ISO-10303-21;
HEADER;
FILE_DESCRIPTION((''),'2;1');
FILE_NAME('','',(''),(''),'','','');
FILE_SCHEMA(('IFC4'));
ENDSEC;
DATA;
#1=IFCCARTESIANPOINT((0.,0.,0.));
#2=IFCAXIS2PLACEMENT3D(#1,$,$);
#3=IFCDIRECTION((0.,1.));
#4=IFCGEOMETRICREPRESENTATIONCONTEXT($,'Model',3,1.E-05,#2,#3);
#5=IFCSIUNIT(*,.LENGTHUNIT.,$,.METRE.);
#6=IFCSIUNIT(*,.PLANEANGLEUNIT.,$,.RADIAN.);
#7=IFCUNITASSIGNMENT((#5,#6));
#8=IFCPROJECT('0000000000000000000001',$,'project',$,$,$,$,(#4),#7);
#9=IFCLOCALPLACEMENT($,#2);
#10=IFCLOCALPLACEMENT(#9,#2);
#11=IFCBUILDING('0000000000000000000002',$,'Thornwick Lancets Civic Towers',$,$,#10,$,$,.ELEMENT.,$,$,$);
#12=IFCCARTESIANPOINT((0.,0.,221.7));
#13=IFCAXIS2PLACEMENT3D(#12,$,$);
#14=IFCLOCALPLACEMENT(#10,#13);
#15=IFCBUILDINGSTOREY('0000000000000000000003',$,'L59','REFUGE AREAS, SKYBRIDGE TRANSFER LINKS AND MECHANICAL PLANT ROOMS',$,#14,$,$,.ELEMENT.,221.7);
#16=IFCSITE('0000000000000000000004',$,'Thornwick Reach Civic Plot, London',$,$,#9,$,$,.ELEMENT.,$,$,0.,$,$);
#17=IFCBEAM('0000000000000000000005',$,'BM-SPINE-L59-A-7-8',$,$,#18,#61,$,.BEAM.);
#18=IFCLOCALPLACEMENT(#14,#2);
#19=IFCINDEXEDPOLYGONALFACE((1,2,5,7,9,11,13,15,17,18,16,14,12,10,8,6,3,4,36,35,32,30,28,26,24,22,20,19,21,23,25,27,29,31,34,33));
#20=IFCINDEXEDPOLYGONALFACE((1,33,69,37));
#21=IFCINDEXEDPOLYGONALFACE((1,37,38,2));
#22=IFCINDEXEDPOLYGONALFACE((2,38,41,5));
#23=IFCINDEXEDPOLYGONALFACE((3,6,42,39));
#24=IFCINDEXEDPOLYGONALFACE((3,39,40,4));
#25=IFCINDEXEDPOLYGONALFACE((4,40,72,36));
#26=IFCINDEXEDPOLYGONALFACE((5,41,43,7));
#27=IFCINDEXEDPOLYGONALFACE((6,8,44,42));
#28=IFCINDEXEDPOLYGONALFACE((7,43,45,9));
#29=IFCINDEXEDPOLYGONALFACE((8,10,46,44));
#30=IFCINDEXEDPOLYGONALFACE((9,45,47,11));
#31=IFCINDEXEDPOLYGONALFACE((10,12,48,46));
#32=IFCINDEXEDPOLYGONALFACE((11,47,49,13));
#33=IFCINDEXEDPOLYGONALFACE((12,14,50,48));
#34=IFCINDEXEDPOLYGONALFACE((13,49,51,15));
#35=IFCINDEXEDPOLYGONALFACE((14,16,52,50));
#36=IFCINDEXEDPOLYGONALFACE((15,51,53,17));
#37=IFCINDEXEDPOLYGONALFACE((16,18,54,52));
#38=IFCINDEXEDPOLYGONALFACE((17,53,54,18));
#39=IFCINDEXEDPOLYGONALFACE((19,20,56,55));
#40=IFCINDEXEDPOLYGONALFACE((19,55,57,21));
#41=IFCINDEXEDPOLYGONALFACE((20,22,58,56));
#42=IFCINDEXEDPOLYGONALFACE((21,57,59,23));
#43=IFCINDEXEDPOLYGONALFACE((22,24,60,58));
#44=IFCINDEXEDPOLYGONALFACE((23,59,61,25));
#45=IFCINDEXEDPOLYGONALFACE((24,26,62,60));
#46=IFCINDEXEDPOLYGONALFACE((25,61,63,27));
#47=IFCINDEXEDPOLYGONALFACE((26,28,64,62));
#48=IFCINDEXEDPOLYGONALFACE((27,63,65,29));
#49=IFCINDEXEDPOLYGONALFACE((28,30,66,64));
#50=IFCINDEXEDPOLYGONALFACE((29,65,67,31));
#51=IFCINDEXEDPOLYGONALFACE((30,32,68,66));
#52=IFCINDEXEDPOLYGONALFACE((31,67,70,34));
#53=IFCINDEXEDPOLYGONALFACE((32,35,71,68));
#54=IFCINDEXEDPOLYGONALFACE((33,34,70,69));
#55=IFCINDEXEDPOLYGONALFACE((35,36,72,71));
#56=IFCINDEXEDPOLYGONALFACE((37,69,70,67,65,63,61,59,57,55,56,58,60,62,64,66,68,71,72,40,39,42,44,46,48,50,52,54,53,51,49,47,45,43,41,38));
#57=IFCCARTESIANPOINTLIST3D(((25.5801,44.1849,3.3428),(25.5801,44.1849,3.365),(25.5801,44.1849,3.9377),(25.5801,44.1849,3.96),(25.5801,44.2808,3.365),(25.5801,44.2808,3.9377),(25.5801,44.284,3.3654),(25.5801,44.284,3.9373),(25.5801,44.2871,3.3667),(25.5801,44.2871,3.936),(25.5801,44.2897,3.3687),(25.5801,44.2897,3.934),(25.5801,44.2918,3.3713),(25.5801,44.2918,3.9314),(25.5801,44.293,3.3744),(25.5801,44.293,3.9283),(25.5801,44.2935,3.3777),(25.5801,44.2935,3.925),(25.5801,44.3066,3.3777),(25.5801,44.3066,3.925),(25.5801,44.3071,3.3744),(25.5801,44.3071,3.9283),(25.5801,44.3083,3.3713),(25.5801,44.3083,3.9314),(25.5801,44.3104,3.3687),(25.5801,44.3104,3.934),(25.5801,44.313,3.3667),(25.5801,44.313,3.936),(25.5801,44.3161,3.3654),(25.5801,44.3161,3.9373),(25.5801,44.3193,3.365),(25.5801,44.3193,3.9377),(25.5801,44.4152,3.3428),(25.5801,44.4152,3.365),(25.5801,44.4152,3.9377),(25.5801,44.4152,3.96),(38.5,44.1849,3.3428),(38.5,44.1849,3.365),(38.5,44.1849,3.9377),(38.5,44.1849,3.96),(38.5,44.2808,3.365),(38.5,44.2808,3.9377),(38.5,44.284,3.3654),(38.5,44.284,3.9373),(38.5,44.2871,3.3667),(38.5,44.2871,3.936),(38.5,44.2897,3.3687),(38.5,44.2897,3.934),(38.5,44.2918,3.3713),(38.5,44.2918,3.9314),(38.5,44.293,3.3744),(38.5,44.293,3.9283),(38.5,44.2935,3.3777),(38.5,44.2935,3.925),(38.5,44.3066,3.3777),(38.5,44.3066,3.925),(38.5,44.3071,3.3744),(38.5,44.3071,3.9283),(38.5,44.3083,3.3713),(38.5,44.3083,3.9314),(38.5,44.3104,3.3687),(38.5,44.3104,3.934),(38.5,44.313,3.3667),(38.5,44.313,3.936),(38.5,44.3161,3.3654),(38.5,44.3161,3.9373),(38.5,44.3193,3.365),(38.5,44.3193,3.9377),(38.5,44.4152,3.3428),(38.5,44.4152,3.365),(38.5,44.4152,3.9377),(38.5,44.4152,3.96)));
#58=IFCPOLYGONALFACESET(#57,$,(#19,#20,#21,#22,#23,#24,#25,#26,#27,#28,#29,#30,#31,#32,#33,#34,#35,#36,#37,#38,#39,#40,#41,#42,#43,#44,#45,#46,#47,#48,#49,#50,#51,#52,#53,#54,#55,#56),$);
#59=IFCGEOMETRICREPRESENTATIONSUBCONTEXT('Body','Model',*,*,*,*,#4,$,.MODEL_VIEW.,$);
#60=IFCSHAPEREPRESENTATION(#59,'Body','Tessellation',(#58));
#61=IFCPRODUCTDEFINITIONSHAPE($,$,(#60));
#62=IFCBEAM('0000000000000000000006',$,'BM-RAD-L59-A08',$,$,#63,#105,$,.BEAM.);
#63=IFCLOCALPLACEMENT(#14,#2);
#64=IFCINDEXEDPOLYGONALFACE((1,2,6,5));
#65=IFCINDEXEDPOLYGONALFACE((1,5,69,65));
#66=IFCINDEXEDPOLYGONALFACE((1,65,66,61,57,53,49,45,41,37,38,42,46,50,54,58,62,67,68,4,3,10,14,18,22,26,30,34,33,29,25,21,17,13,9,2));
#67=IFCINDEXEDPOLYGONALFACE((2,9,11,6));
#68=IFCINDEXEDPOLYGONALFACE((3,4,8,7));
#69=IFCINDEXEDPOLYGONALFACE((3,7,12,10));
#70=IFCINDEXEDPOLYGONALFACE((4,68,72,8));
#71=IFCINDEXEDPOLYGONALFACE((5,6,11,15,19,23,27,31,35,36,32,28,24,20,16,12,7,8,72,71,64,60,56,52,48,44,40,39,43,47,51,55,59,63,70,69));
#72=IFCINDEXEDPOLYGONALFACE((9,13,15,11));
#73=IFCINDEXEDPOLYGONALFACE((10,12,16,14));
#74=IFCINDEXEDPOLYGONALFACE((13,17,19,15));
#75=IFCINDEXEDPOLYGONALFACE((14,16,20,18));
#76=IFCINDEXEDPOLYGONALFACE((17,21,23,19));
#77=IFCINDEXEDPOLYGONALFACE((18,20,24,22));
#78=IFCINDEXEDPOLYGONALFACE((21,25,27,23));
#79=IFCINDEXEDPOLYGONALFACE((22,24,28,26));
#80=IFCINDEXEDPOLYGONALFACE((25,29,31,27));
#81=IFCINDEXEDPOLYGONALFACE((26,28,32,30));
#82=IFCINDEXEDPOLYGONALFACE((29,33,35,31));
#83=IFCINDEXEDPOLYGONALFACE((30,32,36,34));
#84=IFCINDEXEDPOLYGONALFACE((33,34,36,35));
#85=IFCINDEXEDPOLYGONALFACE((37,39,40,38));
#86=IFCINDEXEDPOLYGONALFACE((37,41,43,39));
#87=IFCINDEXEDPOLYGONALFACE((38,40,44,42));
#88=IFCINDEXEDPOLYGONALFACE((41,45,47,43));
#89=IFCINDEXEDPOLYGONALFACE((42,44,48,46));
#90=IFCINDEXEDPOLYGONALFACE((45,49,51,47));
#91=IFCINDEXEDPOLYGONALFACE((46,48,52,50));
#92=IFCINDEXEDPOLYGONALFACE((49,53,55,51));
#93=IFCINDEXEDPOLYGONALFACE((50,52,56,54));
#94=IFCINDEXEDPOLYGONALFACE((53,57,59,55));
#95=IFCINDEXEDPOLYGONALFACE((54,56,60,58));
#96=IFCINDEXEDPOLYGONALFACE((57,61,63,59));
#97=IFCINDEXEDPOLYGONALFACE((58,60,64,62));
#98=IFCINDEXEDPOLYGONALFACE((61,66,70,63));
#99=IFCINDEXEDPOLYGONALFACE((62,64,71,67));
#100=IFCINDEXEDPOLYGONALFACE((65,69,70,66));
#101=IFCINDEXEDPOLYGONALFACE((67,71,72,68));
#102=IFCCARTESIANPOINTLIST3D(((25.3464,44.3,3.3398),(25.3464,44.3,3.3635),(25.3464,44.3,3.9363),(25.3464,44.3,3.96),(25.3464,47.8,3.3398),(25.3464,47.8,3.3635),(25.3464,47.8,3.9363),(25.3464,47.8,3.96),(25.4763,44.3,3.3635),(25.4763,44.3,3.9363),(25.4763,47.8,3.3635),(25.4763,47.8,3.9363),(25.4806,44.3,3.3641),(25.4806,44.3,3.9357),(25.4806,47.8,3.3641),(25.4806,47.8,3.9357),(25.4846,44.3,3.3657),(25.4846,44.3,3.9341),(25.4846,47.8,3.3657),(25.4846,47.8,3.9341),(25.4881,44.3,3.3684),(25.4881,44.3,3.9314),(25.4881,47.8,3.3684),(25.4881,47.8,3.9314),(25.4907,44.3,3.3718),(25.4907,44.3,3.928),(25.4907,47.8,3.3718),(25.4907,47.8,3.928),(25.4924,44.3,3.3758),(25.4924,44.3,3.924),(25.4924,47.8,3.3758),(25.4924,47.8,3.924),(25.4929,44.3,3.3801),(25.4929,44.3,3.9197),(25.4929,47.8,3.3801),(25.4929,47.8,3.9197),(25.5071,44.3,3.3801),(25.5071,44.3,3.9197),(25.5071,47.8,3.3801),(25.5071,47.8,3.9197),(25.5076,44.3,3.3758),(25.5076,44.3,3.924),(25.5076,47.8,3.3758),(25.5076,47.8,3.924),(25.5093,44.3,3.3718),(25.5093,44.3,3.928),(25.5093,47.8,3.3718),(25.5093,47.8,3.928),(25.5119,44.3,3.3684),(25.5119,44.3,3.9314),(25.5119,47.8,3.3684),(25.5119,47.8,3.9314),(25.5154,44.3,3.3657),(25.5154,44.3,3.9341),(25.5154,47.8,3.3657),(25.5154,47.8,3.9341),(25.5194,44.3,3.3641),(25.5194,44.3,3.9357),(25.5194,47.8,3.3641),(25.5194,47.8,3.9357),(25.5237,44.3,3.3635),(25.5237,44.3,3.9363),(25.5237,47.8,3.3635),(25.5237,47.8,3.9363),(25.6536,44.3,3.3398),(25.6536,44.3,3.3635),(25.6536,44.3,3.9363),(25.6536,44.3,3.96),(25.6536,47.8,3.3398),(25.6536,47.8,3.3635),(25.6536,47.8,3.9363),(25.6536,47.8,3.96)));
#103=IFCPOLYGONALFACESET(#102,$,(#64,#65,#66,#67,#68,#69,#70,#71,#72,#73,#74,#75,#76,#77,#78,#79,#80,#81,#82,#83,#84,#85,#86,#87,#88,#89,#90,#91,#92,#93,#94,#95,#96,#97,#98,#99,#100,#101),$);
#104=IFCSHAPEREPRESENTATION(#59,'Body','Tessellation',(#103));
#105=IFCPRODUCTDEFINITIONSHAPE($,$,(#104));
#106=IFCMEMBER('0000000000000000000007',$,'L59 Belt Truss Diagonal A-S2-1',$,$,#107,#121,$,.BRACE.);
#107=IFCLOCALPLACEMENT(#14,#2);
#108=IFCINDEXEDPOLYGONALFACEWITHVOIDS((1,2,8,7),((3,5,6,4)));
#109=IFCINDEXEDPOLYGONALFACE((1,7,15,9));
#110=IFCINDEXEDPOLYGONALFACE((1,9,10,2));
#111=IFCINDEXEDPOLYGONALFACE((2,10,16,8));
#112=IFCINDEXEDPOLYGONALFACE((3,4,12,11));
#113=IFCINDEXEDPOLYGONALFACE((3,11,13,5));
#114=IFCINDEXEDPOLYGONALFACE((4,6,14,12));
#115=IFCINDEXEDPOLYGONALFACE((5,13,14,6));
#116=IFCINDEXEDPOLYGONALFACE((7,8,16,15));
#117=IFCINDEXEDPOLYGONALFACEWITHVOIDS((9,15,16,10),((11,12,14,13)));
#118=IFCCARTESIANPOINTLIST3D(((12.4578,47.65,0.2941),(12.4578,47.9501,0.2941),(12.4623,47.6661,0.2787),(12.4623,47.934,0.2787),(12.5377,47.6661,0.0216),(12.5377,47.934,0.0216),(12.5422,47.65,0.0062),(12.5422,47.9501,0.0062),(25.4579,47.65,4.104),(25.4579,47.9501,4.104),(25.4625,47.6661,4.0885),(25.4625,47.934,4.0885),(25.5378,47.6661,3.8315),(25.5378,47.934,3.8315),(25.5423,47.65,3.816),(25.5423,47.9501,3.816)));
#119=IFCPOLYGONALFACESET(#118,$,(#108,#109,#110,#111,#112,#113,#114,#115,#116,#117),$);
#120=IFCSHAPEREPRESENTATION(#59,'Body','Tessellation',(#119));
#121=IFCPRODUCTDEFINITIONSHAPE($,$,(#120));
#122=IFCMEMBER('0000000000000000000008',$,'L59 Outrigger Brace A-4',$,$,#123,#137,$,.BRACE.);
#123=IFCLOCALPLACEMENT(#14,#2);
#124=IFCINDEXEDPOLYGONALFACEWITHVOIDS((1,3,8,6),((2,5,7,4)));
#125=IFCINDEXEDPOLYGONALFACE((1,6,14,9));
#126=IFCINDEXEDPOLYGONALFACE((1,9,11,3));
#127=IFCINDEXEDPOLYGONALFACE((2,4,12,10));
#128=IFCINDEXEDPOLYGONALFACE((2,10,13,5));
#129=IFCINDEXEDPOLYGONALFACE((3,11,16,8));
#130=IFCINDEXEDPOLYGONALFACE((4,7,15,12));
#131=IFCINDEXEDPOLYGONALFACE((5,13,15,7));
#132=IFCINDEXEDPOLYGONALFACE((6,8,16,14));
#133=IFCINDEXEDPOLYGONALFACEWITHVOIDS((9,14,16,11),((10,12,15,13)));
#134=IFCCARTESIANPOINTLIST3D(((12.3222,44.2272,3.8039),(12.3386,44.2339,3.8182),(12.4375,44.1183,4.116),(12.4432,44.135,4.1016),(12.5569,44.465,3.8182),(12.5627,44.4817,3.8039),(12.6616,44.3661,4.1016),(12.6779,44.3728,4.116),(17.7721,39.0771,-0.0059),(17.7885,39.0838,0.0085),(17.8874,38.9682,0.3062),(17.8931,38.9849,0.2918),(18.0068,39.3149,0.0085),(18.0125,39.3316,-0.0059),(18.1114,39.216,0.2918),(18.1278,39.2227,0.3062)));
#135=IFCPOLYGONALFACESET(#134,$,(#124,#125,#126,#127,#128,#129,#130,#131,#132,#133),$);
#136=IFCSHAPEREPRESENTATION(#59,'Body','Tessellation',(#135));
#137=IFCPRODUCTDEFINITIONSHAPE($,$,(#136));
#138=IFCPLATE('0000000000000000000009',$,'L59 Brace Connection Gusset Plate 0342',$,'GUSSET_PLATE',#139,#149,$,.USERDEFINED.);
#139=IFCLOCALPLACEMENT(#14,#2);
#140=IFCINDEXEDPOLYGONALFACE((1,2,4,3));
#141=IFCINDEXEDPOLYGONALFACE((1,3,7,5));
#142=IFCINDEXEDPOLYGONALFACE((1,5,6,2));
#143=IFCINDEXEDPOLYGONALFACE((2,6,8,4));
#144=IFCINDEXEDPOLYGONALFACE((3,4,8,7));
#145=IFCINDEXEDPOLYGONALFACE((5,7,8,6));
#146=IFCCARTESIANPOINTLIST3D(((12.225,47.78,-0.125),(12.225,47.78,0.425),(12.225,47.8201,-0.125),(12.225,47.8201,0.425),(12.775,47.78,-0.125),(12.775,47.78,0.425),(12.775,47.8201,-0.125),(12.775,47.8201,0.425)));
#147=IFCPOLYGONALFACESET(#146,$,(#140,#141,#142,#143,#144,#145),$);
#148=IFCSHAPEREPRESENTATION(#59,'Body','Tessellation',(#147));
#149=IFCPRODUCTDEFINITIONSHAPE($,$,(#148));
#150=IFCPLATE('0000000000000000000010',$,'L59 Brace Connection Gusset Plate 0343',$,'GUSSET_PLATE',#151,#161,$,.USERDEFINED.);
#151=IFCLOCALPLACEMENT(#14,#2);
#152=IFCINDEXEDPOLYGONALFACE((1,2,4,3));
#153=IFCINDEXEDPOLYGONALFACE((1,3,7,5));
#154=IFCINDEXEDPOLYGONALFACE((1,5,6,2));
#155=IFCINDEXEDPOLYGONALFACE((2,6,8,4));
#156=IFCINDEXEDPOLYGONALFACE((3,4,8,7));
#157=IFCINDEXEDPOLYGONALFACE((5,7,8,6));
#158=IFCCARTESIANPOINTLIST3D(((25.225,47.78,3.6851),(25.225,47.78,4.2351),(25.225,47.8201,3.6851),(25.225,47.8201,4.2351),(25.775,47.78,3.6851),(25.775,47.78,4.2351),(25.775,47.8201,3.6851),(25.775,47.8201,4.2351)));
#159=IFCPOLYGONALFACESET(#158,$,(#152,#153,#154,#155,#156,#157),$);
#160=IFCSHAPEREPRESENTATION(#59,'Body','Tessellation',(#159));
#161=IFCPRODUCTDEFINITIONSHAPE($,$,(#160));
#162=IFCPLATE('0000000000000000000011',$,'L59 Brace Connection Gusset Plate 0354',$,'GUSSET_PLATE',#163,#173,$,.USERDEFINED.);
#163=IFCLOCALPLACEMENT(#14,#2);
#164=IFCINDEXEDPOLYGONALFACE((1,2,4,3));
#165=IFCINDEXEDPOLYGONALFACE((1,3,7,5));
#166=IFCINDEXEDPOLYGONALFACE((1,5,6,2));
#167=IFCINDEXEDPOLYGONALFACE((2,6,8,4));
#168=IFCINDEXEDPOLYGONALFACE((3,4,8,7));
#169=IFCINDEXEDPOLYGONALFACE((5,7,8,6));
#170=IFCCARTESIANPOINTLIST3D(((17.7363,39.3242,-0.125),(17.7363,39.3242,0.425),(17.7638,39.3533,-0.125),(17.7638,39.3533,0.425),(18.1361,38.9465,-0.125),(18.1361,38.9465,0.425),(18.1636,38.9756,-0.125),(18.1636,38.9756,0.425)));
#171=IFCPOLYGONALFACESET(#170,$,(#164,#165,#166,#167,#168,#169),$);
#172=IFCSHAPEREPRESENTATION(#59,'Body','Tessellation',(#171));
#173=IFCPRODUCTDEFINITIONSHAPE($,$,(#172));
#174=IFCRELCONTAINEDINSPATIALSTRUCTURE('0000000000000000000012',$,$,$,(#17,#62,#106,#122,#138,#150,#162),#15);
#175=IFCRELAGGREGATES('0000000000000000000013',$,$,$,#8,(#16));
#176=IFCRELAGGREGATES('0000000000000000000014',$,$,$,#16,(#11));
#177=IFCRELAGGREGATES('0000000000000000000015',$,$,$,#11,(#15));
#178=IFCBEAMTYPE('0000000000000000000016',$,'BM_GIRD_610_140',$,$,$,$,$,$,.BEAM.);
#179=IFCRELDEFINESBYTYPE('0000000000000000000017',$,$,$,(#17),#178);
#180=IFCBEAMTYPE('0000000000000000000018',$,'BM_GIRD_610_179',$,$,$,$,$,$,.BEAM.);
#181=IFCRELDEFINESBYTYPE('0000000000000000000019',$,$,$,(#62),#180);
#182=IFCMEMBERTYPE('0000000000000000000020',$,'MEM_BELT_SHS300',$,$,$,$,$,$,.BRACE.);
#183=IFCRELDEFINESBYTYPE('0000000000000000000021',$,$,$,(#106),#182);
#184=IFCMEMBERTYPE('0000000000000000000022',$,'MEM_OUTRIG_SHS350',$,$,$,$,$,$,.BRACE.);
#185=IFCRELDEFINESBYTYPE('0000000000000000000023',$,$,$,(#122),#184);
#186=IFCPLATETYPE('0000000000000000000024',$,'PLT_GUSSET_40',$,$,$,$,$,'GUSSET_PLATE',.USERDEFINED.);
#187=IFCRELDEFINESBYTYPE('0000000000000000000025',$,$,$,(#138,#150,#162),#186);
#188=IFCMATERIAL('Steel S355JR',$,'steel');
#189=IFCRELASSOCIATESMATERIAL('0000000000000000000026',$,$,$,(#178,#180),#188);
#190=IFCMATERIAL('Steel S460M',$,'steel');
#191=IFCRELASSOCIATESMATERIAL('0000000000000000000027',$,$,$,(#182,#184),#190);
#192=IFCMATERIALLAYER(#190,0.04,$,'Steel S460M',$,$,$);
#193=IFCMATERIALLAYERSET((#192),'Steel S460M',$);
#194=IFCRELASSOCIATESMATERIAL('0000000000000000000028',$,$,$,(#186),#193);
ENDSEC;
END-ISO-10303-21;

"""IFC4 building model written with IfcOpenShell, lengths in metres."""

from ifc_helpers import new_model, si_unit, direction, frame, origin, origin_2d, place, context, subcontext, project, spatial, rectangle, hollow_rectangle, i_section, extrude, material, layer, layer_set, material_profile, profile_set, type_object, element, save


model = new_model("IFC4")

# Units and contexts
model_context = context("Model", 3, precision=1e-05, world=origin(), true_north=direction((0.0, 1.0)))
body_context = subcontext(model_context, "Body", "Model", "MODEL_VIEW")
ifc_project = project(units=[si_unit("LENGTHUNIT", "METRE"), si_unit("PLANEANGLEUNIT", "RADIAN")], contexts=[model_context])

# Site, building, storey
site_placement = place(None, origin())
site = spatial("IfcSite", under=ifc_project, at=site_placement, Name="Thornwick Reach Civic Plot, London", CompositionType="ELEMENT", RefElevation=0.0)
building_placement = place(site_placement, origin())
building = spatial("IfcBuilding", under=site, at=building_placement, Name="Thornwick Lancets Civic Towers", CompositionType="ELEMENT")
storey_placement = place(building_placement, frame((0.0, 0.0, 221.7)))
storey = spatial("IfcBuildingStorey", under=building, at=storey_placement, Name="L59", Description="REFUGE AREAS, SKYBRIDGE TRANSFER LINKS AND MECHANICAL PLANT ROOMS", CompositionType="ELEMENT", Elevation=221.7)

# Shared definitions
ifc_material_1 = material(Name="Steel S355JR", Category="steel")

# Beams
ifc_material_profile_1 = material_profile(ifc_material_1, i_section(OverallWidth=0.2302, OverallDepth=0.6172, WebThickness=0.0132, FlangeThickness=0.0222, FilletRadius=0.0127, at=origin_2d()), Name="UKB 610x229x140")
ifc_profile_set_1 = profile_set([ifc_material_profile_1], Name="Steel S355JR")
beam_type_1 = type_object("IfcBeamType", Name="BM_GIRD_610_140", PredefinedType="BEAM", material=ifc_profile_set_1)
beam_1_placement = place(storey_placement, frame((25.5801, 44.3, 3.6514), z_axis=(1.0, 0.0, 0.0), x_axis=(0.0, 1.0, 0.0)))
element("IfcBeam", 1, at=beam_1_placement, inside=storey, type_object=beam_type_1, Name="BM-SPINE-L59-A-7-8", PredefinedType="BEAM", context=body_context, shape_type="SweptSolid", body=[
    extrude(i_section(OverallWidth=0.2302, OverallDepth=0.6172, WebThickness=0.0132, FlangeThickness=0.0222, FilletRadius=0.0127, at=origin_2d()), origin(), (0.0, 0.0, 1.0), 12.9199),
])
ifc_material_profile_2 = material_profile(ifc_material_1, i_section(OverallWidth=0.3071, OverallDepth=0.6201, WebThickness=0.0142, FlangeThickness=0.0237, FilletRadius=0.0166, at=origin_2d()), Name="UKB 610x305x179")
ifc_profile_set_2 = profile_set([ifc_material_profile_2], Name="Steel S355JR")
beam_type_2 = type_object("IfcBeamType", Name="BM_GIRD_610_179", PredefinedType="BEAM", material=ifc_profile_set_2)
beam_2_placement = place(storey_placement, frame((25.5, 44.3, 3.6499), z_axis=(0.0, 1.0, 0.0), x_axis=(-1.0, 0.0, 0.0)))
element("IfcBeam", 2, at=beam_2_placement, inside=storey, type_object=beam_type_2, Name="BM-RAD-L59-A08", PredefinedType="BEAM", context=body_context, shape_type="SweptSolid", body=[
    extrude(i_section(OverallWidth=0.3071, OverallDepth=0.6201, WebThickness=0.0142, FlangeThickness=0.0237, FilletRadius=0.0166, at=origin_2d()), origin(), (0.0, 0.0, 1.0), 3.5),
])

# Members
ifc_material_2 = material(Name="Steel S460M", Category="steel")
ifc_material_profile_3 = material_profile(ifc_material_2, hollow_rectangle(XDim=0.3, YDim=0.3, WallThickness=0.0161, at=origin_2d()), Name="SHS 300x300x16")
ifc_profile_set_3 = profile_set([ifc_material_profile_3], Name="Steel S460M")
member_type_1 = type_object("IfcMemberType", Name="MEM_BELT_SHS300", PredefinedType="BRACE", material=ifc_profile_set_3)
member_1_placement = place(storey_placement, frame((12.5, 47.8, 0.1501), z_axis=(0.959639, 0.0, 0.281234), x_axis=(0.0, 1.0, 0.0)))
element("IfcMember", 3, at=member_1_placement, inside=storey, type_object=member_type_1, Name="L59 Belt Truss Diagonal A-S2-1", PredefinedType="BRACE", context=body_context, shape_type="SweptSolid", body=[
    extrude(hollow_rectangle(XDim=0.3, YDim=0.3, WallThickness=0.0161, at=origin_2d()), origin(), (0.0, 0.0, 1.0), 13.5469),
])
ifc_material_profile_4 = material_profile(ifc_material_2, hollow_rectangle(XDim=0.3501, YDim=0.3501, WallThickness=0.0161, at=origin_2d()), Name="SHS 350x350x16")
ifc_profile_set_4 = profile_set([ifc_material_profile_4], Name="Steel S460M")
member_type_2 = type_object("IfcMemberType", Name="MEM_OUTRIG_SHS350", PredefinedType="BRACE", material=ifc_profile_set_4)
member_2_placement = place(storey_placement, frame((17.95, 39.1499, 0.1501), z_axis=(-0.647975, 0.612329, 0.45297), x_axis=(-0.686833, -0.726815, 0.0)))
element("IfcMember", 4, at=member_2_placement, inside=storey, type_object=member_type_2, Name="L59 Outrigger Brace A-4", PredefinedType="BRACE", context=body_context, shape_type="SweptSolid", body=[
    extrude(hollow_rectangle(XDim=0.3501, YDim=0.3501, WallThickness=0.0161, at=origin_2d()), origin(), (0.0, 0.0, 1.0), 8.4106),
])

# Plates
ifc_layer_1 = layer(ifc_material_2, 0.04, Name="Steel S460M")
ifc_layer_set_1 = layer_set([ifc_layer_1], Name="Steel S460M")
plate_type = type_object("IfcPlateType", Name="PLT_GUSSET_40", ElementType="GUSSET_PLATE", PredefinedType="USERDEFINED", material=ifc_layer_set_1)
for number, where, z_axis, x_axis, name in (
    (5, (12.5, 47.8, -0.125), (0.0, 0.0, 1.0), (1.0, 0.0, 0.0), "L59 Brace Connection Gusset Plate 0342"),
    (6, (25.5, 47.8, 3.6851), (0.0, 0.0, 1.0), (1.0, 0.0, 0.0), "L59 Brace Connection Gusset Plate 0343"),
    (7, (17.95, 39.1499, -0.125), (0.0, 0.0, 1.0), (-0.726814, 0.686834, 0.0), "L59 Brace Connection Gusset Plate 0354"),
):
    element("IfcPlate", number, at=place(storey_placement, frame(where, z_axis=z_axis, x_axis=x_axis)), inside=storey, type_object=plate_type, Name=name, ObjectType="GUSSET_PLATE", PredefinedType="USERDEFINED", context=body_context, shape_type="SweptSolid", body=[
        extrude(rectangle(XDim=0.55, YDim=0.04, at=origin_2d()), origin(), (0.0, 0.0, 1.0), 0.55),
    ])

save(model, "model.ifc")
